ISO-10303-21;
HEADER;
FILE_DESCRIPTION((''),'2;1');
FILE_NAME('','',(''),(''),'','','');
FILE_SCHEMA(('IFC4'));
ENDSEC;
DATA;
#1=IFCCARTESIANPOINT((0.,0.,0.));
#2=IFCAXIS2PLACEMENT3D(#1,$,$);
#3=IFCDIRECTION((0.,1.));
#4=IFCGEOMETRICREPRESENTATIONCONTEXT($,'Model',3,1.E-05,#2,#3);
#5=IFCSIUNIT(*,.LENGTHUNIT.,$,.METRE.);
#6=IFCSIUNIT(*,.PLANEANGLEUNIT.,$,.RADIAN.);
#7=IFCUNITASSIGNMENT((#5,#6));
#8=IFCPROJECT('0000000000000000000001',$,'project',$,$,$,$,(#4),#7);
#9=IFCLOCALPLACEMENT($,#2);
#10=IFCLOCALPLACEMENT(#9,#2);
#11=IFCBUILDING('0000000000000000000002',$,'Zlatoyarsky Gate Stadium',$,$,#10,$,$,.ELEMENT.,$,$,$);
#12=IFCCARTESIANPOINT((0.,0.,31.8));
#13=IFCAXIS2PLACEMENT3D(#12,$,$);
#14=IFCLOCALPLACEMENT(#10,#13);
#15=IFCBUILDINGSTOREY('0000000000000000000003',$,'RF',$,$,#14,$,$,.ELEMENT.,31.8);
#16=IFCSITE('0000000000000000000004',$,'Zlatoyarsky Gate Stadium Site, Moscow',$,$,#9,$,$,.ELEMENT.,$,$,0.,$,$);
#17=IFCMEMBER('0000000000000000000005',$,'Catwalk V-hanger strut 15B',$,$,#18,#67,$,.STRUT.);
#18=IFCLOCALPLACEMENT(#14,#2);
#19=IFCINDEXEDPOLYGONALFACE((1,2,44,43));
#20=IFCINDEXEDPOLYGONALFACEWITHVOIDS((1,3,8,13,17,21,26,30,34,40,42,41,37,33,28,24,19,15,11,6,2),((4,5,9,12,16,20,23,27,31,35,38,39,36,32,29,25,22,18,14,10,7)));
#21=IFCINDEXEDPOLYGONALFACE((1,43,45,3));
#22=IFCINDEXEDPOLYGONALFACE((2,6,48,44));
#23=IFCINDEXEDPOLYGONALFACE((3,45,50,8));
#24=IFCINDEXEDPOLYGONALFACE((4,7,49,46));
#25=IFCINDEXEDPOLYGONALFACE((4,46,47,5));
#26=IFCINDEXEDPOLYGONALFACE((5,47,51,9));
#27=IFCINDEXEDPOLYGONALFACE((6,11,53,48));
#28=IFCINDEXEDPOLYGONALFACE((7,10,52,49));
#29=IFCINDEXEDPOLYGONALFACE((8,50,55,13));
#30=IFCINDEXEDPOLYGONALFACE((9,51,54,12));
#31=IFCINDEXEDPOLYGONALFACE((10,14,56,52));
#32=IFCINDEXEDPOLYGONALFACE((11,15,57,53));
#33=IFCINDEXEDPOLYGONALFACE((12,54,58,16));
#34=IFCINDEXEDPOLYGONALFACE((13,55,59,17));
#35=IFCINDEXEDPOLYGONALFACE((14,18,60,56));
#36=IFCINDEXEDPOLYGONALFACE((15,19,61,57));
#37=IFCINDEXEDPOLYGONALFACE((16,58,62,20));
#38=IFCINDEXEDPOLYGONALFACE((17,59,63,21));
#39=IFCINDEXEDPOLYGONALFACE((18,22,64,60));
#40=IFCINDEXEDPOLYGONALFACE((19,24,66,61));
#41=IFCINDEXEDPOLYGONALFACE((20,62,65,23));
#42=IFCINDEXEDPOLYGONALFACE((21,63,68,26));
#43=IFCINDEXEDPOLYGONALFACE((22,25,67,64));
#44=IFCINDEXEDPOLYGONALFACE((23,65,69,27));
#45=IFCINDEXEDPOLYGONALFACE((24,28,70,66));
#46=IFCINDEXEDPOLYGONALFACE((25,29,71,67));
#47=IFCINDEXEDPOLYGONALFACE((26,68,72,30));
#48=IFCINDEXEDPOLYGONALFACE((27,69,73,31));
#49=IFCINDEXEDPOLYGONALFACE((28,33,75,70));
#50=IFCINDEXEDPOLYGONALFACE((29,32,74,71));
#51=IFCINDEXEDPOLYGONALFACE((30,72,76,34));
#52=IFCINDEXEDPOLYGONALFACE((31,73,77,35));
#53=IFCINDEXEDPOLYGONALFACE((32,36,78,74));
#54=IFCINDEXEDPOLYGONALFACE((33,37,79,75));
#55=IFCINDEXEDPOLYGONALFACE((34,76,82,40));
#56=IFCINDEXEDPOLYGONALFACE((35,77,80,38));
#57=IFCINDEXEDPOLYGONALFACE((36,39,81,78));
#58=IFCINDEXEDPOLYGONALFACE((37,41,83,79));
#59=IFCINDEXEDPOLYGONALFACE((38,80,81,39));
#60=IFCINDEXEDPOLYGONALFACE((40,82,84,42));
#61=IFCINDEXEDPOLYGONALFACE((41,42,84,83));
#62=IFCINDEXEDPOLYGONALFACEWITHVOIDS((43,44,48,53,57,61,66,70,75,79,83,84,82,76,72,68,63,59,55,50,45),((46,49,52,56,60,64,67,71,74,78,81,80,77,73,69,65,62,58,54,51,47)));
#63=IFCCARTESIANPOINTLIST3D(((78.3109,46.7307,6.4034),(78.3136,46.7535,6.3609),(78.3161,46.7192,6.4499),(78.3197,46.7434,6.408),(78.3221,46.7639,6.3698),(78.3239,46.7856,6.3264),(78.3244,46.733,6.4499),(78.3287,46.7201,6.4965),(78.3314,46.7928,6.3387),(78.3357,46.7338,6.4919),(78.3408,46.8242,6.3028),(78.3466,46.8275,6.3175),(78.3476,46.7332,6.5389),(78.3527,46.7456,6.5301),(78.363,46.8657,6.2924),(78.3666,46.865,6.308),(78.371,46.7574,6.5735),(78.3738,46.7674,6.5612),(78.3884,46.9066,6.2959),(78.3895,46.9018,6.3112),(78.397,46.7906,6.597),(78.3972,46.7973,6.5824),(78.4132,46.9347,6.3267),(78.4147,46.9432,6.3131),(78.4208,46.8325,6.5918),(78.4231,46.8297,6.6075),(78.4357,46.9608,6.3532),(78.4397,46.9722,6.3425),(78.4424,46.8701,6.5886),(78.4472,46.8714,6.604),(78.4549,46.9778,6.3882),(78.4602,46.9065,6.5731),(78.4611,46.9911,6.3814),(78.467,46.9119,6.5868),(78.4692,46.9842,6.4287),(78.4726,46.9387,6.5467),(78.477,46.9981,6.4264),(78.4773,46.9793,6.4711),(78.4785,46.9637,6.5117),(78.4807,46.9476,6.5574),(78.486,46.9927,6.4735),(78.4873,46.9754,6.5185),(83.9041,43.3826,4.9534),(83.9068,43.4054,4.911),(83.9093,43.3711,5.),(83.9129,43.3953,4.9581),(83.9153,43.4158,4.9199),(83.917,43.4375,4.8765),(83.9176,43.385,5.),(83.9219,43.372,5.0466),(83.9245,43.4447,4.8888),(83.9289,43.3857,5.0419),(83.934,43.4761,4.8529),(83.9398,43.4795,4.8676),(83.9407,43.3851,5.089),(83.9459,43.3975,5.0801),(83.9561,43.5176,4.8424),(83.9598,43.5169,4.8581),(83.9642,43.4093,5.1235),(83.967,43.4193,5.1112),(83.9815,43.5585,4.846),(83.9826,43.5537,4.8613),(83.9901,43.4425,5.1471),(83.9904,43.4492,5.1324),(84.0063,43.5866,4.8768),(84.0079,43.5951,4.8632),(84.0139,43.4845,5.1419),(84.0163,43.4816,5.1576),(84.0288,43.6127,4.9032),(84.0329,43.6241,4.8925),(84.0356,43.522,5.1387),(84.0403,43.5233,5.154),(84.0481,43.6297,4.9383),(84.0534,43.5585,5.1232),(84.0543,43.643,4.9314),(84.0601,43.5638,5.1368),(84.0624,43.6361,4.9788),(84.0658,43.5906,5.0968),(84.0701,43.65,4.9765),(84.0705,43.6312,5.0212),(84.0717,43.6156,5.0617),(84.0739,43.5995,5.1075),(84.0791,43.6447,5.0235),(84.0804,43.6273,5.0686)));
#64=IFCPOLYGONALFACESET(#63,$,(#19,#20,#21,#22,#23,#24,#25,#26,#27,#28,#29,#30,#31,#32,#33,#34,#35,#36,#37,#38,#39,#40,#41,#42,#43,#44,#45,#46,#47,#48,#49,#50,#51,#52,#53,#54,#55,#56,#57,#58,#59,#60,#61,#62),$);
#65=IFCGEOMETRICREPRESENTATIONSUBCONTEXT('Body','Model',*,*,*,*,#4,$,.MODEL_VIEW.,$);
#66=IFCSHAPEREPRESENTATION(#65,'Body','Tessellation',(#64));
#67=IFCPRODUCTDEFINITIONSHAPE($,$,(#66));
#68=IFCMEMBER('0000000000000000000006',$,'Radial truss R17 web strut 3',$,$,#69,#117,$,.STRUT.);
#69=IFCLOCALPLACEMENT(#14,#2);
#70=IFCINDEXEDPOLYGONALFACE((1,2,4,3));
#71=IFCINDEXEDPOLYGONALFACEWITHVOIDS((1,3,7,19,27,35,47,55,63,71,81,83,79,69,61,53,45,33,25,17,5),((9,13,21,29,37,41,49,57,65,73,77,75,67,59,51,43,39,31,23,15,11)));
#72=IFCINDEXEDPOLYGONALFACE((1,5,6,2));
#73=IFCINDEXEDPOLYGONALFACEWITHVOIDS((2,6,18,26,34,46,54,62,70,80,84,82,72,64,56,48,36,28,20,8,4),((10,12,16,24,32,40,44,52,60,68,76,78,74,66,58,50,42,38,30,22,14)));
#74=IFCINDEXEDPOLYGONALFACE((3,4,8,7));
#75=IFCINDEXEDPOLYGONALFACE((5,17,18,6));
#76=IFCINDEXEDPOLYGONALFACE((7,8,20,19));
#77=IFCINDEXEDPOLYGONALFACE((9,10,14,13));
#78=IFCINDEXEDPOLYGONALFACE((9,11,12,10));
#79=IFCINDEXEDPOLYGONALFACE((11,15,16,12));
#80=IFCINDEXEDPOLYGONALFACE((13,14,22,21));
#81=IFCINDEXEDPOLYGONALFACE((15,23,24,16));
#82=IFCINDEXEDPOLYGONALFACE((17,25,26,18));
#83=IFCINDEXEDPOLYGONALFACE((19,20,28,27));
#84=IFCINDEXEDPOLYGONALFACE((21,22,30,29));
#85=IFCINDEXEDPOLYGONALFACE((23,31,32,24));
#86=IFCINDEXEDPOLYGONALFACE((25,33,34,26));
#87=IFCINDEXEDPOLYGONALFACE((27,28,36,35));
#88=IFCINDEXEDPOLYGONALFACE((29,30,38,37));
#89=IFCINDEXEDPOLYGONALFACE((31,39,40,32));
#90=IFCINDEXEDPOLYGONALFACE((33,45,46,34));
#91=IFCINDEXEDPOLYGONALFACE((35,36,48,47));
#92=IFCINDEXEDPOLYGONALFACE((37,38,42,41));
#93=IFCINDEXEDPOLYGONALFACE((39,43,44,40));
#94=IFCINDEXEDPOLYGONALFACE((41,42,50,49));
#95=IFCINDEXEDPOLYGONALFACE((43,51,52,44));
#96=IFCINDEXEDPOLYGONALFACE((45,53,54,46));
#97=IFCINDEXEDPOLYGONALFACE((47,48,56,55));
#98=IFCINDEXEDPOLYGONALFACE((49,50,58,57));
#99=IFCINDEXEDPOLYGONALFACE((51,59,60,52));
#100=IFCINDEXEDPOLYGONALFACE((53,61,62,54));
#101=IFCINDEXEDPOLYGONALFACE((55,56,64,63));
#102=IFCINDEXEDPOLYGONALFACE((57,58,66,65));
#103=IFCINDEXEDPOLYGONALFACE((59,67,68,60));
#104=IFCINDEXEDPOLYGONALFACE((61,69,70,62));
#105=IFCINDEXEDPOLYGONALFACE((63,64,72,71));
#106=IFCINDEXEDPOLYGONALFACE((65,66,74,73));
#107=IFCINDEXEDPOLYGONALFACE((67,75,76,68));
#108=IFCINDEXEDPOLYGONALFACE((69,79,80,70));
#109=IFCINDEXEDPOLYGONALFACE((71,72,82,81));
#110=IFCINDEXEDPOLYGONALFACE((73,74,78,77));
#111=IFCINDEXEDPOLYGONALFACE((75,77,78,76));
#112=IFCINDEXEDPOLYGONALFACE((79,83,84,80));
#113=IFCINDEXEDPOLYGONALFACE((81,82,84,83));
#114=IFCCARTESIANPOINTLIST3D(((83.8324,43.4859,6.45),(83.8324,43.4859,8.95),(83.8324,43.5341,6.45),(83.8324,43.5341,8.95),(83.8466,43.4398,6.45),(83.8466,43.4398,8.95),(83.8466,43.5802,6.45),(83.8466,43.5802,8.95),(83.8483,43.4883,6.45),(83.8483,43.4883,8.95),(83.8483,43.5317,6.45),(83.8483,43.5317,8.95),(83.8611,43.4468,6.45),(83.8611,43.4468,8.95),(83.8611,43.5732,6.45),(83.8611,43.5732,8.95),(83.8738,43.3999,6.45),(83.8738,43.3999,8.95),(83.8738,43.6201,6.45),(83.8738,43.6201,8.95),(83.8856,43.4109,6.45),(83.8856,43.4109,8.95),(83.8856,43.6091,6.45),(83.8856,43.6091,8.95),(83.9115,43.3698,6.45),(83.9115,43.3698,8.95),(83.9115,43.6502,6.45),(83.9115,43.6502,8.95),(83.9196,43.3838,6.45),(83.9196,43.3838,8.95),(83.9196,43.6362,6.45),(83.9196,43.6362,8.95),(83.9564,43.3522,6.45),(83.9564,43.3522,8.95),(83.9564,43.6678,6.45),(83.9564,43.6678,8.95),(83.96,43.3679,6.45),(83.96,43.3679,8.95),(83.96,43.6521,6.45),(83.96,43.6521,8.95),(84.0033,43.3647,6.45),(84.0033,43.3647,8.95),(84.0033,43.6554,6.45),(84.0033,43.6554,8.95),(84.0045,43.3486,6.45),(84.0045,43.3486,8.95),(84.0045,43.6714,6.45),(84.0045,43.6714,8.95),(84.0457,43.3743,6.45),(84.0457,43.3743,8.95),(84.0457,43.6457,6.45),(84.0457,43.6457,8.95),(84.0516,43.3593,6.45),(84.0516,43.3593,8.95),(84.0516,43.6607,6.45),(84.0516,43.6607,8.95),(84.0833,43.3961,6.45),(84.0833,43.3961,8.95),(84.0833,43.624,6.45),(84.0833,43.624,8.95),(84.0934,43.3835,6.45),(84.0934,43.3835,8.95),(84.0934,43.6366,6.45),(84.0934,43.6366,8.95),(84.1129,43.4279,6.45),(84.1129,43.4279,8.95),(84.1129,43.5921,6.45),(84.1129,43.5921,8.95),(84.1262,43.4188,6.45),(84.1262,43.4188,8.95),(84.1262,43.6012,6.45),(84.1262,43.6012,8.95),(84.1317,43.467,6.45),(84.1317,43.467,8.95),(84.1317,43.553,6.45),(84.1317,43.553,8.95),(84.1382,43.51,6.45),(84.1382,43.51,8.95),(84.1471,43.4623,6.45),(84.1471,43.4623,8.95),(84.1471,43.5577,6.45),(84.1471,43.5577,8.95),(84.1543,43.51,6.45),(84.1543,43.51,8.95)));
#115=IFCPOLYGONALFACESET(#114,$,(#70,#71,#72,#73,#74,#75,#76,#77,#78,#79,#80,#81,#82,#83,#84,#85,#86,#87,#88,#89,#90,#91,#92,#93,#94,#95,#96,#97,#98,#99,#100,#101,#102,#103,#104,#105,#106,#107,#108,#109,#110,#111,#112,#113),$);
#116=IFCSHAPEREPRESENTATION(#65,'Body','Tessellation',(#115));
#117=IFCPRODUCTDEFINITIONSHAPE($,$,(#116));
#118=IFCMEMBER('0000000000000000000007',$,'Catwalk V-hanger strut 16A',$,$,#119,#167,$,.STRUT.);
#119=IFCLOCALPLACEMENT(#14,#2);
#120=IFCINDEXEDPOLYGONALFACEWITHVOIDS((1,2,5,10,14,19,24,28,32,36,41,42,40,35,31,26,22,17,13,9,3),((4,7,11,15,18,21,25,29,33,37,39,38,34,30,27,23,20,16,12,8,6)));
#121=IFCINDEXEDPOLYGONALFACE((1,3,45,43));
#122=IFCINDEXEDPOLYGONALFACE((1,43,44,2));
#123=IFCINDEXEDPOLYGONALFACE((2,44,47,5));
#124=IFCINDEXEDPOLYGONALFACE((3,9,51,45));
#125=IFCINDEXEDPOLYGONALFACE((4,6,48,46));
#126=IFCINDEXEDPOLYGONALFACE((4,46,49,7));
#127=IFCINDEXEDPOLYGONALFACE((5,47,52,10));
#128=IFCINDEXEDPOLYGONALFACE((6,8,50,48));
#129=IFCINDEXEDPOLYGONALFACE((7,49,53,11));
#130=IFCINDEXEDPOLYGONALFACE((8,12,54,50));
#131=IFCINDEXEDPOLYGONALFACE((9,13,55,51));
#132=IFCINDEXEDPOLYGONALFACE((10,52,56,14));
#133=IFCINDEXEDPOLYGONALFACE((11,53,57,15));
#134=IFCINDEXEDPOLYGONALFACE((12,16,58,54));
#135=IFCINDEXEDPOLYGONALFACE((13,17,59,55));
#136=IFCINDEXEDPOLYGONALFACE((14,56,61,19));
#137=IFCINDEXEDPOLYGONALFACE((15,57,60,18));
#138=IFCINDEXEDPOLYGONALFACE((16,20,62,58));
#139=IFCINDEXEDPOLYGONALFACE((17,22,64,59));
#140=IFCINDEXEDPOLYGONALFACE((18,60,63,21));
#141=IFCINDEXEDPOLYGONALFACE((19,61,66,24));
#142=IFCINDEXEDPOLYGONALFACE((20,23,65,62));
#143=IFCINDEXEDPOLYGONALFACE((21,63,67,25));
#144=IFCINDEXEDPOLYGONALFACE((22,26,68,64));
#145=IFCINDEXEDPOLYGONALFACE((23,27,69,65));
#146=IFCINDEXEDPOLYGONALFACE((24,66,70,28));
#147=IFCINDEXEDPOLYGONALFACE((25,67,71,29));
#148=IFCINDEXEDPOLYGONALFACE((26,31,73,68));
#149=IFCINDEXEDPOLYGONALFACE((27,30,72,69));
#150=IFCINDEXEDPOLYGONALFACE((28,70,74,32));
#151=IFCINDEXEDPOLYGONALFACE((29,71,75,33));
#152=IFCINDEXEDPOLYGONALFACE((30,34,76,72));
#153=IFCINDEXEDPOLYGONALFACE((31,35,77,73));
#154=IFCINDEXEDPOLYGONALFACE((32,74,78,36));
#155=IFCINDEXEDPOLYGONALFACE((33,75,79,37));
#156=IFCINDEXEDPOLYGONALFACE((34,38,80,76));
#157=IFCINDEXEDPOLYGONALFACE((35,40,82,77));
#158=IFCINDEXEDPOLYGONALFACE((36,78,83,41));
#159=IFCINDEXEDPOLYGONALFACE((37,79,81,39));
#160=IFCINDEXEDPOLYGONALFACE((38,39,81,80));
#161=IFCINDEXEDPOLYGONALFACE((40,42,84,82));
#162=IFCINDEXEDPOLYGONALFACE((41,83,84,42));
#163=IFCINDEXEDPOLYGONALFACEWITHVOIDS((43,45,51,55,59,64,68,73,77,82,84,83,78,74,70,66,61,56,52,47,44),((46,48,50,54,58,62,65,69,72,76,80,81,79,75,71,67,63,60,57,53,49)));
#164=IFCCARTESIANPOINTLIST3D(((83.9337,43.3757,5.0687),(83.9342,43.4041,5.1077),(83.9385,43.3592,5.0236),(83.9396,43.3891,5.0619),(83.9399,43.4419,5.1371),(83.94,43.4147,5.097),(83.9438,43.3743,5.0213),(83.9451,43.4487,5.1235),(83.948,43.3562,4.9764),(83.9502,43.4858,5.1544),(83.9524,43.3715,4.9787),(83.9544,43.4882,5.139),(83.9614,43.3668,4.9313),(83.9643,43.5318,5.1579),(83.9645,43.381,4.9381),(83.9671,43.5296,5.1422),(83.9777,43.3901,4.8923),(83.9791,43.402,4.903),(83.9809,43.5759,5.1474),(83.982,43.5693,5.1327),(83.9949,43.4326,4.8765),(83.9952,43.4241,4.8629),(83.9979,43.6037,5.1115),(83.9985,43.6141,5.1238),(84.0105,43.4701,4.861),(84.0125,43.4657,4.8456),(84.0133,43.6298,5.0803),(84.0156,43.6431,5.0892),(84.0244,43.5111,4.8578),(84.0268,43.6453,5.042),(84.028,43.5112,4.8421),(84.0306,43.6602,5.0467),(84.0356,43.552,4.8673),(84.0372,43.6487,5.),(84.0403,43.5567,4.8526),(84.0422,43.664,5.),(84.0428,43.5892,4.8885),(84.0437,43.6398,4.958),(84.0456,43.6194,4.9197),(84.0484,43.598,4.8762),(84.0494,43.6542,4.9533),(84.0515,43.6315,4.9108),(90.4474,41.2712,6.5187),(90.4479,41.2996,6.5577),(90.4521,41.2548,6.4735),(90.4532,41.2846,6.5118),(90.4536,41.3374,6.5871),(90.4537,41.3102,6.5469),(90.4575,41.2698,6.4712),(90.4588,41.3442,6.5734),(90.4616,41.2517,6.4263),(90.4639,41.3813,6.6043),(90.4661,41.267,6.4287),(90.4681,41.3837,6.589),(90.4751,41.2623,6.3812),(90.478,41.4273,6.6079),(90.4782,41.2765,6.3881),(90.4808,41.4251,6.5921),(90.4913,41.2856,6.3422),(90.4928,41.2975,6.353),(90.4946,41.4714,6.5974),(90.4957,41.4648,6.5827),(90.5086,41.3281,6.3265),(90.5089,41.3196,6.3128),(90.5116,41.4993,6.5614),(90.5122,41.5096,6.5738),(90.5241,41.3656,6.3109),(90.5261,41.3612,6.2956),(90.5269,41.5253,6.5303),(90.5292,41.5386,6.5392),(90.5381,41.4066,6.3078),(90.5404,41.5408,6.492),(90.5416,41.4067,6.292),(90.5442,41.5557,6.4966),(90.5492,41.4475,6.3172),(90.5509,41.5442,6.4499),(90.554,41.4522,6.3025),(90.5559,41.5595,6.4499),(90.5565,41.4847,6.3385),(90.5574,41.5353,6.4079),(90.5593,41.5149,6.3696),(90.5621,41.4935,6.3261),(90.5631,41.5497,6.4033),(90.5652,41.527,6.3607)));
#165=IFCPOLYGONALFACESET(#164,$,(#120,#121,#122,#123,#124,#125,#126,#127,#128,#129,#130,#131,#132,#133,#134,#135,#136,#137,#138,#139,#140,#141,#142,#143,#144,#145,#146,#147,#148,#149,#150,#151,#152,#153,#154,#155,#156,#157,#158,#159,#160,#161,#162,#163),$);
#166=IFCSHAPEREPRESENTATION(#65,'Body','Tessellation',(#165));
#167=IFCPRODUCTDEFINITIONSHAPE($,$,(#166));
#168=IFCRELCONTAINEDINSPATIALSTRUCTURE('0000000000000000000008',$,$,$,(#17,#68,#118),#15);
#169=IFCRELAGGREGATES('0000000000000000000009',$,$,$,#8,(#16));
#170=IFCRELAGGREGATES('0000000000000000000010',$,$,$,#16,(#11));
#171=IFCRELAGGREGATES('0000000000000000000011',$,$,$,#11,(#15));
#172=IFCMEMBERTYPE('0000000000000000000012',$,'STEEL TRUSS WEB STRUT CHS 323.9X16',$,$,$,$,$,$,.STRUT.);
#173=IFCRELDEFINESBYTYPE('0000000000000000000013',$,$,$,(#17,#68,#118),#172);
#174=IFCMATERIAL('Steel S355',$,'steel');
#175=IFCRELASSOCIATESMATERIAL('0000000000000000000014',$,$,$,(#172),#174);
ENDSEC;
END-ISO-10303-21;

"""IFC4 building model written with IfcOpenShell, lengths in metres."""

from ifc_helpers import new_model, si_unit, direction, frame, origin, origin_2d, place, context, subcontext, project, spatial, hollow_circle, extrude, material, material_profile, profile_set, type_object, element, save


model = new_model("IFC4")

# Units and contexts
model_context = context("Model", 3, precision=1e-05, world=origin(), true_north=direction((0.0, 1.0)))
body_context = subcontext(model_context, "Body", "Model", "MODEL_VIEW")
ifc_project = project(units=[si_unit("LENGTHUNIT", "METRE"), si_unit("PLANEANGLEUNIT", "RADIAN")], contexts=[model_context])

# Site, building, storey
site_placement = place(None, origin())
site = spatial("IfcSite", under=ifc_project, at=site_placement, Name="Zlatoyarsky Gate Stadium Site, Moscow", CompositionType="ELEMENT", RefElevation=0.0)
building_placement = place(site_placement, origin())
building = spatial("IfcBuilding", under=site, at=building_placement, Name="Zlatoyarsky Gate Stadium", CompositionType="ELEMENT")
storey_placement = place(building_placement, frame((0.0, 0.0, 31.8)))
storey = spatial("IfcBuildingStorey", under=building, at=storey_placement, Name="RF", CompositionType="ELEMENT", Elevation=31.8)

# Shared definitions
ifc_material_1 = material(Name="Steel S355", Category="steel")

# Members
ifc_material_profile_1 = material_profile(ifc_material_1, hollow_circle(Radius=0.1619, WallThickness=0.0161, at=origin_2d()), Name="CHS 323.9X16")
ifc_profile_set_1 = profile_set([ifc_material_profile_1], Name="Steel S355")
member_type_1 = type_object("IfcMemberType", Name="STEEL TRUSS WEB STRUT CHS 323.9X16", PredefinedType="STRUT", material=ifc_profile_set_1)
member_1_placement = place(storey_placement, frame((83.9924, 43.51, 5.0), z_axis=(-0.837553, 0.501362, 0.21712), x_axis=(-0.513614, -0.858021, 0.0)))
element("IfcMember", 1, at=member_1_placement, inside=storey, type_object=member_type_1, Name="Catwalk V-hanger strut 15B", PredefinedType="STRUT", context=body_context, shape_type="SweptSolid", body=[
    extrude(hollow_circle(Radius=0.1619, WallThickness=0.0161, at=origin_2d()), origin(), (0.0, 0.0, 1.0), 6.678),
])
member_2_placement = place(storey_placement, frame((83.9924, 43.51, 6.45), z_axis=(0.0, 0.0, 1.0), x_axis=(1.0, 0.0, 0.0)))
element("IfcMember", 2, at=member_2_placement, inside=storey, type_object=member_type_1, Name="Radial truss R17 web strut 3", PredefinedType="STRUT", context=body_context, shape_type="SweptSolid", body=[
    extrude(hollow_circle(Radius=0.1619, WallThickness=0.0161, at=origin_2d()), origin(), (0.0, 0.0, 1.0), 2.5),
])
member_3_placement = place(storey_placement, frame((83.9924, 43.51, 5.0), z_axis=(0.930913, -0.300767, 0.207222), x_axis=(0.30744, 0.951567, 0.0)))
element("IfcMember", 3, at=member_3_placement, inside=storey, type_object=member_type_1, Name="Catwalk V-hanger strut 16A", PredefinedType="STRUT", context=body_context, shape_type="SweptSolid", body=[
    extrude(hollow_circle(Radius=0.1619, WallThickness=0.0161, at=origin_2d()), origin(), (0.0, 0.0, 1.0), 6.9971),
])

save(model, "model.ifc")
